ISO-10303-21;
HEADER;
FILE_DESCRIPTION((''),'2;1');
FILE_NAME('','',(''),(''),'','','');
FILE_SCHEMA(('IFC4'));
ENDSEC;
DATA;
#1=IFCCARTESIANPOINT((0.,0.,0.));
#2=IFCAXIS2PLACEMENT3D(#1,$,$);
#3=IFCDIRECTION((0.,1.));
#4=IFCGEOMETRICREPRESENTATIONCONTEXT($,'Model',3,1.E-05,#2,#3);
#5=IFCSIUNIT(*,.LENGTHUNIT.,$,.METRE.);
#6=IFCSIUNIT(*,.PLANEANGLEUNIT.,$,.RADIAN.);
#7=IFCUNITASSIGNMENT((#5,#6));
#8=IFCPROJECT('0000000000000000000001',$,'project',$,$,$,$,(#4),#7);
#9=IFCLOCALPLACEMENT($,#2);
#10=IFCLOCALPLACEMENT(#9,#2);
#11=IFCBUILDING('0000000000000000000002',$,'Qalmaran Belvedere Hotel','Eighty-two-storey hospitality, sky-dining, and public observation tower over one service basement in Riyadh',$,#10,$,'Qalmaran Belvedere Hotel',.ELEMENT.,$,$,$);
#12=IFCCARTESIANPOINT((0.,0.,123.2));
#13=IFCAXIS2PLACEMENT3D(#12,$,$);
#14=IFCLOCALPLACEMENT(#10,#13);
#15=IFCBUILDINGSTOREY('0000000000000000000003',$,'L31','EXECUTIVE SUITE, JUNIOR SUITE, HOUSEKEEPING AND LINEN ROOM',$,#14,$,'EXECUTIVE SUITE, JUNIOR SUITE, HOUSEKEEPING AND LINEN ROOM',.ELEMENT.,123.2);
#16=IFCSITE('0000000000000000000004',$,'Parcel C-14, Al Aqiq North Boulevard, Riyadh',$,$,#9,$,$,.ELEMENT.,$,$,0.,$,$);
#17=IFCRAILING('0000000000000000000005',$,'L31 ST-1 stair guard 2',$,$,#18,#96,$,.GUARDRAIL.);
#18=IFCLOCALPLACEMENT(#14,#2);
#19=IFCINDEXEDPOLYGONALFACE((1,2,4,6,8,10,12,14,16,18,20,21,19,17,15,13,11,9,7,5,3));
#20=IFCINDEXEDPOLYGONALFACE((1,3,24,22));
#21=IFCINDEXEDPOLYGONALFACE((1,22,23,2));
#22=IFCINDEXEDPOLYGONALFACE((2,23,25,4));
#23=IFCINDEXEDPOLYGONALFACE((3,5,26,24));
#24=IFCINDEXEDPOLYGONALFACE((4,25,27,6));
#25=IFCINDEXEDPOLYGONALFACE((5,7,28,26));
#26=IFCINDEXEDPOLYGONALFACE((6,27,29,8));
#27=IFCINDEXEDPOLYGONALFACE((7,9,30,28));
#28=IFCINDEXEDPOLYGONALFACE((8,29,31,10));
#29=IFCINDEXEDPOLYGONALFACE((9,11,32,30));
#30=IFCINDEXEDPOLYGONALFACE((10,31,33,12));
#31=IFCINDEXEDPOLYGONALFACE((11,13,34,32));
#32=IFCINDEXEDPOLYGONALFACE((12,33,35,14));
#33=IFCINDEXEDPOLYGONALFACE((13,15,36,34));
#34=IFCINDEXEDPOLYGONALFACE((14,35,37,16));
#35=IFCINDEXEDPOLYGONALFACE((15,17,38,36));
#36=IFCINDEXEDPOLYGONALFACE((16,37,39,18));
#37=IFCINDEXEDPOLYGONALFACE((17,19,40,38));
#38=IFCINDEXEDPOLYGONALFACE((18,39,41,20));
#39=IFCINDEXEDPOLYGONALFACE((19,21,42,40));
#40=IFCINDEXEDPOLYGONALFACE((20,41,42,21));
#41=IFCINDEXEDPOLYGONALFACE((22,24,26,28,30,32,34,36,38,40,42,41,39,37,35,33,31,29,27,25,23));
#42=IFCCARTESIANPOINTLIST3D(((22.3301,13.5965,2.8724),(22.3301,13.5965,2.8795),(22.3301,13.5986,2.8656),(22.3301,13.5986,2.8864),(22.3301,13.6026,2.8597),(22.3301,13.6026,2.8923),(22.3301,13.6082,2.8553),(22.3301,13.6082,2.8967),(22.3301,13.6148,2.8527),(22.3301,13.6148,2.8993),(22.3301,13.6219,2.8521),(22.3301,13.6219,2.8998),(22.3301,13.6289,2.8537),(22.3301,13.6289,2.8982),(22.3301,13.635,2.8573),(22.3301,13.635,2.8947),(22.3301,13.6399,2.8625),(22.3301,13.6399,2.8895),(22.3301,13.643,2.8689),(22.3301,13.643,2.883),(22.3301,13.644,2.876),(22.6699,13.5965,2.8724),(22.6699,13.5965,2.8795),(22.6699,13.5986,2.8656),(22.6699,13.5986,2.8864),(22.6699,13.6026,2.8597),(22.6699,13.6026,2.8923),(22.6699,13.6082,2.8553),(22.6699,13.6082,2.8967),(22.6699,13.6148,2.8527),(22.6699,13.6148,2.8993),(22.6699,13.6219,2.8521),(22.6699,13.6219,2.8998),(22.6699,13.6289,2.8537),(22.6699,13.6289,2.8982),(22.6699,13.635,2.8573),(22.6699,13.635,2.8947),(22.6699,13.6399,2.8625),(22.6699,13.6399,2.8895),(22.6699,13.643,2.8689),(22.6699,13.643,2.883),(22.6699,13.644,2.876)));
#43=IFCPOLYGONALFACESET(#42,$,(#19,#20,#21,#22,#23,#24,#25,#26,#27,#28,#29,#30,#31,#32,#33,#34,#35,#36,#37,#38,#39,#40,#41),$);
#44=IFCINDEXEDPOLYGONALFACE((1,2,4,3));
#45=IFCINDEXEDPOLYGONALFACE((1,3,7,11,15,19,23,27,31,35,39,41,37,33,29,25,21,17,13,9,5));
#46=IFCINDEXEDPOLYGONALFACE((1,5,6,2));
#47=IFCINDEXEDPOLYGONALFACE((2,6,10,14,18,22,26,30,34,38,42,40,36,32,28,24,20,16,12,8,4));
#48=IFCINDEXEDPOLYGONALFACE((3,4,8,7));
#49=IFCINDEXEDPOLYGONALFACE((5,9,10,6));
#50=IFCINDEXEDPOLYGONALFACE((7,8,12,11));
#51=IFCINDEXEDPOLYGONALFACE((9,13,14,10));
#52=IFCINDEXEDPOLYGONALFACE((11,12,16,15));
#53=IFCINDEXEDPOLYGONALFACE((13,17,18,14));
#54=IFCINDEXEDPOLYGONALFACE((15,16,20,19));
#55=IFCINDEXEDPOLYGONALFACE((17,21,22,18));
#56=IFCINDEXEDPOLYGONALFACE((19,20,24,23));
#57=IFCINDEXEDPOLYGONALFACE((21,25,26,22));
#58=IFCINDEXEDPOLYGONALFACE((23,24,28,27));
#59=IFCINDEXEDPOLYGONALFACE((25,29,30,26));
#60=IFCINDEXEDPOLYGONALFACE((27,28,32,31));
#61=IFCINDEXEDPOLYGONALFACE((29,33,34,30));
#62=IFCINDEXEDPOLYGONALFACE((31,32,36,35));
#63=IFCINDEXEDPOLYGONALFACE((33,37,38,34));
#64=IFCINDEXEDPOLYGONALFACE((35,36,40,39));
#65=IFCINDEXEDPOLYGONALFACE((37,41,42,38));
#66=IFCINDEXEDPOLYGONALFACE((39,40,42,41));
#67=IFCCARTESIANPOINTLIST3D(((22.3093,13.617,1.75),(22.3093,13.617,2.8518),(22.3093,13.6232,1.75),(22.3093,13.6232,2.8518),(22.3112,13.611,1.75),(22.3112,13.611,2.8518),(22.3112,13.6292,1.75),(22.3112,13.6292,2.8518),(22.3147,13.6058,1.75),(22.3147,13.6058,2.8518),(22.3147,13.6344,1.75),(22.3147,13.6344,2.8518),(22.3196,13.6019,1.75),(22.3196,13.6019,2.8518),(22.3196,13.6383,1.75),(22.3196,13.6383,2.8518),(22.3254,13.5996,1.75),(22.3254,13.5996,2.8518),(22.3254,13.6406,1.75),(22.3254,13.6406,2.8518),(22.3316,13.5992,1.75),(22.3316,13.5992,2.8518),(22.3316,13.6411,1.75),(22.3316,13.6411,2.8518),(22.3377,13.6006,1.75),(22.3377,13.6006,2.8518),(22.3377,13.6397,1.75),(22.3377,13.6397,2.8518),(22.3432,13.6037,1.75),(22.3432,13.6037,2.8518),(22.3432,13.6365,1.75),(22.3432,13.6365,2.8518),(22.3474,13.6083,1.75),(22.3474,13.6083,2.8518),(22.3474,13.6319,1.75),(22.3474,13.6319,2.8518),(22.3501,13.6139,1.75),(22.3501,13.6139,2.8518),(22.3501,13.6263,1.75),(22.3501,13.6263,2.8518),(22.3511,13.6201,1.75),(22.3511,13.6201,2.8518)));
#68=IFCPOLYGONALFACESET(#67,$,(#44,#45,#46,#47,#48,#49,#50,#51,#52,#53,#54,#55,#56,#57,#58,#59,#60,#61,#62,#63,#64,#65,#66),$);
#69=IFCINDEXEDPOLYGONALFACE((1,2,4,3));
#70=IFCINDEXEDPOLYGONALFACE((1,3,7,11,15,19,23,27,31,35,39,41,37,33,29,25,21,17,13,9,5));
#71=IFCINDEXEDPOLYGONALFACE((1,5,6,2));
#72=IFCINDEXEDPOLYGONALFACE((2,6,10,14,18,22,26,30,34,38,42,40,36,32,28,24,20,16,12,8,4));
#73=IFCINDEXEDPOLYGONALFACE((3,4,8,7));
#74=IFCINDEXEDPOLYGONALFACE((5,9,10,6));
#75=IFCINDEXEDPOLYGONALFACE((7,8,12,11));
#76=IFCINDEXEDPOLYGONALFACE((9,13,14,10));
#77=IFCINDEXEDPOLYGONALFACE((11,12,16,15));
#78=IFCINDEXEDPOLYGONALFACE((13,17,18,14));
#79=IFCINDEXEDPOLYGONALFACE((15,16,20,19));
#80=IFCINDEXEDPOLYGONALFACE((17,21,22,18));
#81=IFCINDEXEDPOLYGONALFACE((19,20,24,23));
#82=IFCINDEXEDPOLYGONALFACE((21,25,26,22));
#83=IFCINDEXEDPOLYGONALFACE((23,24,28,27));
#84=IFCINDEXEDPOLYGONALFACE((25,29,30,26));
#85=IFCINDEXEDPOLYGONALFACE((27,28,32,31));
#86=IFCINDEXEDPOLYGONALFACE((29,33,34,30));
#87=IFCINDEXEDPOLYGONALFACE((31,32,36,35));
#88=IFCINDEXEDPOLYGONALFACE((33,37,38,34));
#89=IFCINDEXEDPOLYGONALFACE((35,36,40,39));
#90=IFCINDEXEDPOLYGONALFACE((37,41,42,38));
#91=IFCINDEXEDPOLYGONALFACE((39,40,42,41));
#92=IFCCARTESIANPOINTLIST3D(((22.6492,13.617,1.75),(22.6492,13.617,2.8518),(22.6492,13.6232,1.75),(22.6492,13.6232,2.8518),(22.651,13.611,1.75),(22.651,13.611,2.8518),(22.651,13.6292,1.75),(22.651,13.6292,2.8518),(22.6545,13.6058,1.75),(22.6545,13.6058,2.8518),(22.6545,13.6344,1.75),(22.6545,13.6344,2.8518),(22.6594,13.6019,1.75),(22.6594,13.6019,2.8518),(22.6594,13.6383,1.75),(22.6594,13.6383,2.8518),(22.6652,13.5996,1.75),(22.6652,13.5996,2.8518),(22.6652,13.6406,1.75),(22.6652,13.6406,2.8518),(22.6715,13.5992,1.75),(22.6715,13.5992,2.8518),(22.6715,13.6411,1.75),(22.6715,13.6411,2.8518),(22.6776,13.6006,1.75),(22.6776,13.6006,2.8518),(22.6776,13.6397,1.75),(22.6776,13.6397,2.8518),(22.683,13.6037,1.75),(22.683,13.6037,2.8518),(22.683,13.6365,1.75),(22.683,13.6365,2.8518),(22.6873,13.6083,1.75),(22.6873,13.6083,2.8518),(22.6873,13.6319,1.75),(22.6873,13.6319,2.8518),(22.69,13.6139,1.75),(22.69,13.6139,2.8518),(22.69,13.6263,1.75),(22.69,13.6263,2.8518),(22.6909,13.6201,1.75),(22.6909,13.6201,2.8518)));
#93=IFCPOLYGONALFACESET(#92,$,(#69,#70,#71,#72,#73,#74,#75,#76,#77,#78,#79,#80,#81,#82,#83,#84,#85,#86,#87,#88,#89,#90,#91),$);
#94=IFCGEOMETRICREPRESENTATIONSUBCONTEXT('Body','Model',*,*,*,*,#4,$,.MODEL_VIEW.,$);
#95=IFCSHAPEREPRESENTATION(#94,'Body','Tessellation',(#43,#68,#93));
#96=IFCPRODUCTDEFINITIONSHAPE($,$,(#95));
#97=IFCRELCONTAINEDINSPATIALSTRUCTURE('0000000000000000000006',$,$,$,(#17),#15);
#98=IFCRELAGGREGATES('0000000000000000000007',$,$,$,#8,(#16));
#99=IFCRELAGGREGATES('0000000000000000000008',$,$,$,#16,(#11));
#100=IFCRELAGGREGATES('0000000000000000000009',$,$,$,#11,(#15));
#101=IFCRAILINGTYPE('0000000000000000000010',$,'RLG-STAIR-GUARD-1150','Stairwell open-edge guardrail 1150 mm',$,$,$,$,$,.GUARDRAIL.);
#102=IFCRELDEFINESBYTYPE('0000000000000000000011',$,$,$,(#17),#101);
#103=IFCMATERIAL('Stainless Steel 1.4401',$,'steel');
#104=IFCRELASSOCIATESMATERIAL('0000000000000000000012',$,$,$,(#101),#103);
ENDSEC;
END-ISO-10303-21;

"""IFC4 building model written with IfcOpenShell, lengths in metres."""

from ifc_helpers import new_model, si_unit, direction, frame, origin, origin_2d, place, context, subcontext, project, spatial, circle, extrude, material, type_object, element, save


model = new_model("IFC4")

# Units and contexts
model_context = context("Model", 3, precision=1e-05, world=origin(), true_north=direction((0.0, 1.0)))
body_context = subcontext(model_context, "Body", "Model", "MODEL_VIEW")
ifc_project = project(units=[si_unit("LENGTHUNIT", "METRE"), si_unit("PLANEANGLEUNIT", "RADIAN")], contexts=[model_context])

# Site, building, storey
site_placement = place(None, origin())
site = spatial("IfcSite", under=ifc_project, at=site_placement, Name="Parcel C-14, Al Aqiq North Boulevard, Riyadh", CompositionType="ELEMENT", RefElevation=0.0)
building_placement = place(site_placement, origin())
building = spatial("IfcBuilding", under=site, at=building_placement, Name="Qalmaran Belvedere Hotel", Description="Eighty-two-storey hospitality, sky-dining, and public observation tower over one service basement in Riyadh", LongName="Qalmaran Belvedere Hotel", CompositionType="ELEMENT")
storey_placement = place(building_placement, frame((0.0, 0.0, 123.2)))
storey = spatial("IfcBuildingStorey", under=building, at=storey_placement, Name="L31", Description="EXECUTIVE SUITE, JUNIOR SUITE, HOUSEKEEPING AND LINEN ROOM", LongName="EXECUTIVE SUITE, JUNIOR SUITE, HOUSEKEEPING AND LINEN ROOM", CompositionType="ELEMENT", Elevation=123.2)

# Railing
ifc_material_1 = material(Name="Stainless Steel 1.4401", Category="steel")
railing_type_1 = type_object("IfcRailingType", Name="RLG-STAIR-GUARD-1150", Description="Stairwell open-edge guardrail 1150 mm", PredefinedType="GUARDRAIL", material=ifc_material_1)
railing_1_placement = place(storey_placement, frame((22.3301, 13.6201, 1.75)))
element("IfcRailing", 1, at=railing_1_placement, inside=storey, type_object=railing_type_1, Name="L31 ST-1 stair guard 2", PredefinedType="GUARDRAIL", context=body_context, shape_type="SweptSolid", body=[
    extrude(circle(Radius=0.0239, at=origin_2d()), frame((0.0, 0.0, 1.126), z_axis=(1.0, 0.0, 0.0), x_axis=(0.0, 1.0, 0.0)), (0.0, 0.0, 1.0), 0.3398),
    extrude(circle(Radius=0.021, at=origin_2d()), origin(), (0.0, 0.0, 1.0), 1.1018),
    extrude(circle(Radius=0.021, at=origin_2d()), frame((0.3398, 0.0, 0.0)), (0.0, 0.0, 1.0), 1.1018),
])

save(model, "model.ifc")
